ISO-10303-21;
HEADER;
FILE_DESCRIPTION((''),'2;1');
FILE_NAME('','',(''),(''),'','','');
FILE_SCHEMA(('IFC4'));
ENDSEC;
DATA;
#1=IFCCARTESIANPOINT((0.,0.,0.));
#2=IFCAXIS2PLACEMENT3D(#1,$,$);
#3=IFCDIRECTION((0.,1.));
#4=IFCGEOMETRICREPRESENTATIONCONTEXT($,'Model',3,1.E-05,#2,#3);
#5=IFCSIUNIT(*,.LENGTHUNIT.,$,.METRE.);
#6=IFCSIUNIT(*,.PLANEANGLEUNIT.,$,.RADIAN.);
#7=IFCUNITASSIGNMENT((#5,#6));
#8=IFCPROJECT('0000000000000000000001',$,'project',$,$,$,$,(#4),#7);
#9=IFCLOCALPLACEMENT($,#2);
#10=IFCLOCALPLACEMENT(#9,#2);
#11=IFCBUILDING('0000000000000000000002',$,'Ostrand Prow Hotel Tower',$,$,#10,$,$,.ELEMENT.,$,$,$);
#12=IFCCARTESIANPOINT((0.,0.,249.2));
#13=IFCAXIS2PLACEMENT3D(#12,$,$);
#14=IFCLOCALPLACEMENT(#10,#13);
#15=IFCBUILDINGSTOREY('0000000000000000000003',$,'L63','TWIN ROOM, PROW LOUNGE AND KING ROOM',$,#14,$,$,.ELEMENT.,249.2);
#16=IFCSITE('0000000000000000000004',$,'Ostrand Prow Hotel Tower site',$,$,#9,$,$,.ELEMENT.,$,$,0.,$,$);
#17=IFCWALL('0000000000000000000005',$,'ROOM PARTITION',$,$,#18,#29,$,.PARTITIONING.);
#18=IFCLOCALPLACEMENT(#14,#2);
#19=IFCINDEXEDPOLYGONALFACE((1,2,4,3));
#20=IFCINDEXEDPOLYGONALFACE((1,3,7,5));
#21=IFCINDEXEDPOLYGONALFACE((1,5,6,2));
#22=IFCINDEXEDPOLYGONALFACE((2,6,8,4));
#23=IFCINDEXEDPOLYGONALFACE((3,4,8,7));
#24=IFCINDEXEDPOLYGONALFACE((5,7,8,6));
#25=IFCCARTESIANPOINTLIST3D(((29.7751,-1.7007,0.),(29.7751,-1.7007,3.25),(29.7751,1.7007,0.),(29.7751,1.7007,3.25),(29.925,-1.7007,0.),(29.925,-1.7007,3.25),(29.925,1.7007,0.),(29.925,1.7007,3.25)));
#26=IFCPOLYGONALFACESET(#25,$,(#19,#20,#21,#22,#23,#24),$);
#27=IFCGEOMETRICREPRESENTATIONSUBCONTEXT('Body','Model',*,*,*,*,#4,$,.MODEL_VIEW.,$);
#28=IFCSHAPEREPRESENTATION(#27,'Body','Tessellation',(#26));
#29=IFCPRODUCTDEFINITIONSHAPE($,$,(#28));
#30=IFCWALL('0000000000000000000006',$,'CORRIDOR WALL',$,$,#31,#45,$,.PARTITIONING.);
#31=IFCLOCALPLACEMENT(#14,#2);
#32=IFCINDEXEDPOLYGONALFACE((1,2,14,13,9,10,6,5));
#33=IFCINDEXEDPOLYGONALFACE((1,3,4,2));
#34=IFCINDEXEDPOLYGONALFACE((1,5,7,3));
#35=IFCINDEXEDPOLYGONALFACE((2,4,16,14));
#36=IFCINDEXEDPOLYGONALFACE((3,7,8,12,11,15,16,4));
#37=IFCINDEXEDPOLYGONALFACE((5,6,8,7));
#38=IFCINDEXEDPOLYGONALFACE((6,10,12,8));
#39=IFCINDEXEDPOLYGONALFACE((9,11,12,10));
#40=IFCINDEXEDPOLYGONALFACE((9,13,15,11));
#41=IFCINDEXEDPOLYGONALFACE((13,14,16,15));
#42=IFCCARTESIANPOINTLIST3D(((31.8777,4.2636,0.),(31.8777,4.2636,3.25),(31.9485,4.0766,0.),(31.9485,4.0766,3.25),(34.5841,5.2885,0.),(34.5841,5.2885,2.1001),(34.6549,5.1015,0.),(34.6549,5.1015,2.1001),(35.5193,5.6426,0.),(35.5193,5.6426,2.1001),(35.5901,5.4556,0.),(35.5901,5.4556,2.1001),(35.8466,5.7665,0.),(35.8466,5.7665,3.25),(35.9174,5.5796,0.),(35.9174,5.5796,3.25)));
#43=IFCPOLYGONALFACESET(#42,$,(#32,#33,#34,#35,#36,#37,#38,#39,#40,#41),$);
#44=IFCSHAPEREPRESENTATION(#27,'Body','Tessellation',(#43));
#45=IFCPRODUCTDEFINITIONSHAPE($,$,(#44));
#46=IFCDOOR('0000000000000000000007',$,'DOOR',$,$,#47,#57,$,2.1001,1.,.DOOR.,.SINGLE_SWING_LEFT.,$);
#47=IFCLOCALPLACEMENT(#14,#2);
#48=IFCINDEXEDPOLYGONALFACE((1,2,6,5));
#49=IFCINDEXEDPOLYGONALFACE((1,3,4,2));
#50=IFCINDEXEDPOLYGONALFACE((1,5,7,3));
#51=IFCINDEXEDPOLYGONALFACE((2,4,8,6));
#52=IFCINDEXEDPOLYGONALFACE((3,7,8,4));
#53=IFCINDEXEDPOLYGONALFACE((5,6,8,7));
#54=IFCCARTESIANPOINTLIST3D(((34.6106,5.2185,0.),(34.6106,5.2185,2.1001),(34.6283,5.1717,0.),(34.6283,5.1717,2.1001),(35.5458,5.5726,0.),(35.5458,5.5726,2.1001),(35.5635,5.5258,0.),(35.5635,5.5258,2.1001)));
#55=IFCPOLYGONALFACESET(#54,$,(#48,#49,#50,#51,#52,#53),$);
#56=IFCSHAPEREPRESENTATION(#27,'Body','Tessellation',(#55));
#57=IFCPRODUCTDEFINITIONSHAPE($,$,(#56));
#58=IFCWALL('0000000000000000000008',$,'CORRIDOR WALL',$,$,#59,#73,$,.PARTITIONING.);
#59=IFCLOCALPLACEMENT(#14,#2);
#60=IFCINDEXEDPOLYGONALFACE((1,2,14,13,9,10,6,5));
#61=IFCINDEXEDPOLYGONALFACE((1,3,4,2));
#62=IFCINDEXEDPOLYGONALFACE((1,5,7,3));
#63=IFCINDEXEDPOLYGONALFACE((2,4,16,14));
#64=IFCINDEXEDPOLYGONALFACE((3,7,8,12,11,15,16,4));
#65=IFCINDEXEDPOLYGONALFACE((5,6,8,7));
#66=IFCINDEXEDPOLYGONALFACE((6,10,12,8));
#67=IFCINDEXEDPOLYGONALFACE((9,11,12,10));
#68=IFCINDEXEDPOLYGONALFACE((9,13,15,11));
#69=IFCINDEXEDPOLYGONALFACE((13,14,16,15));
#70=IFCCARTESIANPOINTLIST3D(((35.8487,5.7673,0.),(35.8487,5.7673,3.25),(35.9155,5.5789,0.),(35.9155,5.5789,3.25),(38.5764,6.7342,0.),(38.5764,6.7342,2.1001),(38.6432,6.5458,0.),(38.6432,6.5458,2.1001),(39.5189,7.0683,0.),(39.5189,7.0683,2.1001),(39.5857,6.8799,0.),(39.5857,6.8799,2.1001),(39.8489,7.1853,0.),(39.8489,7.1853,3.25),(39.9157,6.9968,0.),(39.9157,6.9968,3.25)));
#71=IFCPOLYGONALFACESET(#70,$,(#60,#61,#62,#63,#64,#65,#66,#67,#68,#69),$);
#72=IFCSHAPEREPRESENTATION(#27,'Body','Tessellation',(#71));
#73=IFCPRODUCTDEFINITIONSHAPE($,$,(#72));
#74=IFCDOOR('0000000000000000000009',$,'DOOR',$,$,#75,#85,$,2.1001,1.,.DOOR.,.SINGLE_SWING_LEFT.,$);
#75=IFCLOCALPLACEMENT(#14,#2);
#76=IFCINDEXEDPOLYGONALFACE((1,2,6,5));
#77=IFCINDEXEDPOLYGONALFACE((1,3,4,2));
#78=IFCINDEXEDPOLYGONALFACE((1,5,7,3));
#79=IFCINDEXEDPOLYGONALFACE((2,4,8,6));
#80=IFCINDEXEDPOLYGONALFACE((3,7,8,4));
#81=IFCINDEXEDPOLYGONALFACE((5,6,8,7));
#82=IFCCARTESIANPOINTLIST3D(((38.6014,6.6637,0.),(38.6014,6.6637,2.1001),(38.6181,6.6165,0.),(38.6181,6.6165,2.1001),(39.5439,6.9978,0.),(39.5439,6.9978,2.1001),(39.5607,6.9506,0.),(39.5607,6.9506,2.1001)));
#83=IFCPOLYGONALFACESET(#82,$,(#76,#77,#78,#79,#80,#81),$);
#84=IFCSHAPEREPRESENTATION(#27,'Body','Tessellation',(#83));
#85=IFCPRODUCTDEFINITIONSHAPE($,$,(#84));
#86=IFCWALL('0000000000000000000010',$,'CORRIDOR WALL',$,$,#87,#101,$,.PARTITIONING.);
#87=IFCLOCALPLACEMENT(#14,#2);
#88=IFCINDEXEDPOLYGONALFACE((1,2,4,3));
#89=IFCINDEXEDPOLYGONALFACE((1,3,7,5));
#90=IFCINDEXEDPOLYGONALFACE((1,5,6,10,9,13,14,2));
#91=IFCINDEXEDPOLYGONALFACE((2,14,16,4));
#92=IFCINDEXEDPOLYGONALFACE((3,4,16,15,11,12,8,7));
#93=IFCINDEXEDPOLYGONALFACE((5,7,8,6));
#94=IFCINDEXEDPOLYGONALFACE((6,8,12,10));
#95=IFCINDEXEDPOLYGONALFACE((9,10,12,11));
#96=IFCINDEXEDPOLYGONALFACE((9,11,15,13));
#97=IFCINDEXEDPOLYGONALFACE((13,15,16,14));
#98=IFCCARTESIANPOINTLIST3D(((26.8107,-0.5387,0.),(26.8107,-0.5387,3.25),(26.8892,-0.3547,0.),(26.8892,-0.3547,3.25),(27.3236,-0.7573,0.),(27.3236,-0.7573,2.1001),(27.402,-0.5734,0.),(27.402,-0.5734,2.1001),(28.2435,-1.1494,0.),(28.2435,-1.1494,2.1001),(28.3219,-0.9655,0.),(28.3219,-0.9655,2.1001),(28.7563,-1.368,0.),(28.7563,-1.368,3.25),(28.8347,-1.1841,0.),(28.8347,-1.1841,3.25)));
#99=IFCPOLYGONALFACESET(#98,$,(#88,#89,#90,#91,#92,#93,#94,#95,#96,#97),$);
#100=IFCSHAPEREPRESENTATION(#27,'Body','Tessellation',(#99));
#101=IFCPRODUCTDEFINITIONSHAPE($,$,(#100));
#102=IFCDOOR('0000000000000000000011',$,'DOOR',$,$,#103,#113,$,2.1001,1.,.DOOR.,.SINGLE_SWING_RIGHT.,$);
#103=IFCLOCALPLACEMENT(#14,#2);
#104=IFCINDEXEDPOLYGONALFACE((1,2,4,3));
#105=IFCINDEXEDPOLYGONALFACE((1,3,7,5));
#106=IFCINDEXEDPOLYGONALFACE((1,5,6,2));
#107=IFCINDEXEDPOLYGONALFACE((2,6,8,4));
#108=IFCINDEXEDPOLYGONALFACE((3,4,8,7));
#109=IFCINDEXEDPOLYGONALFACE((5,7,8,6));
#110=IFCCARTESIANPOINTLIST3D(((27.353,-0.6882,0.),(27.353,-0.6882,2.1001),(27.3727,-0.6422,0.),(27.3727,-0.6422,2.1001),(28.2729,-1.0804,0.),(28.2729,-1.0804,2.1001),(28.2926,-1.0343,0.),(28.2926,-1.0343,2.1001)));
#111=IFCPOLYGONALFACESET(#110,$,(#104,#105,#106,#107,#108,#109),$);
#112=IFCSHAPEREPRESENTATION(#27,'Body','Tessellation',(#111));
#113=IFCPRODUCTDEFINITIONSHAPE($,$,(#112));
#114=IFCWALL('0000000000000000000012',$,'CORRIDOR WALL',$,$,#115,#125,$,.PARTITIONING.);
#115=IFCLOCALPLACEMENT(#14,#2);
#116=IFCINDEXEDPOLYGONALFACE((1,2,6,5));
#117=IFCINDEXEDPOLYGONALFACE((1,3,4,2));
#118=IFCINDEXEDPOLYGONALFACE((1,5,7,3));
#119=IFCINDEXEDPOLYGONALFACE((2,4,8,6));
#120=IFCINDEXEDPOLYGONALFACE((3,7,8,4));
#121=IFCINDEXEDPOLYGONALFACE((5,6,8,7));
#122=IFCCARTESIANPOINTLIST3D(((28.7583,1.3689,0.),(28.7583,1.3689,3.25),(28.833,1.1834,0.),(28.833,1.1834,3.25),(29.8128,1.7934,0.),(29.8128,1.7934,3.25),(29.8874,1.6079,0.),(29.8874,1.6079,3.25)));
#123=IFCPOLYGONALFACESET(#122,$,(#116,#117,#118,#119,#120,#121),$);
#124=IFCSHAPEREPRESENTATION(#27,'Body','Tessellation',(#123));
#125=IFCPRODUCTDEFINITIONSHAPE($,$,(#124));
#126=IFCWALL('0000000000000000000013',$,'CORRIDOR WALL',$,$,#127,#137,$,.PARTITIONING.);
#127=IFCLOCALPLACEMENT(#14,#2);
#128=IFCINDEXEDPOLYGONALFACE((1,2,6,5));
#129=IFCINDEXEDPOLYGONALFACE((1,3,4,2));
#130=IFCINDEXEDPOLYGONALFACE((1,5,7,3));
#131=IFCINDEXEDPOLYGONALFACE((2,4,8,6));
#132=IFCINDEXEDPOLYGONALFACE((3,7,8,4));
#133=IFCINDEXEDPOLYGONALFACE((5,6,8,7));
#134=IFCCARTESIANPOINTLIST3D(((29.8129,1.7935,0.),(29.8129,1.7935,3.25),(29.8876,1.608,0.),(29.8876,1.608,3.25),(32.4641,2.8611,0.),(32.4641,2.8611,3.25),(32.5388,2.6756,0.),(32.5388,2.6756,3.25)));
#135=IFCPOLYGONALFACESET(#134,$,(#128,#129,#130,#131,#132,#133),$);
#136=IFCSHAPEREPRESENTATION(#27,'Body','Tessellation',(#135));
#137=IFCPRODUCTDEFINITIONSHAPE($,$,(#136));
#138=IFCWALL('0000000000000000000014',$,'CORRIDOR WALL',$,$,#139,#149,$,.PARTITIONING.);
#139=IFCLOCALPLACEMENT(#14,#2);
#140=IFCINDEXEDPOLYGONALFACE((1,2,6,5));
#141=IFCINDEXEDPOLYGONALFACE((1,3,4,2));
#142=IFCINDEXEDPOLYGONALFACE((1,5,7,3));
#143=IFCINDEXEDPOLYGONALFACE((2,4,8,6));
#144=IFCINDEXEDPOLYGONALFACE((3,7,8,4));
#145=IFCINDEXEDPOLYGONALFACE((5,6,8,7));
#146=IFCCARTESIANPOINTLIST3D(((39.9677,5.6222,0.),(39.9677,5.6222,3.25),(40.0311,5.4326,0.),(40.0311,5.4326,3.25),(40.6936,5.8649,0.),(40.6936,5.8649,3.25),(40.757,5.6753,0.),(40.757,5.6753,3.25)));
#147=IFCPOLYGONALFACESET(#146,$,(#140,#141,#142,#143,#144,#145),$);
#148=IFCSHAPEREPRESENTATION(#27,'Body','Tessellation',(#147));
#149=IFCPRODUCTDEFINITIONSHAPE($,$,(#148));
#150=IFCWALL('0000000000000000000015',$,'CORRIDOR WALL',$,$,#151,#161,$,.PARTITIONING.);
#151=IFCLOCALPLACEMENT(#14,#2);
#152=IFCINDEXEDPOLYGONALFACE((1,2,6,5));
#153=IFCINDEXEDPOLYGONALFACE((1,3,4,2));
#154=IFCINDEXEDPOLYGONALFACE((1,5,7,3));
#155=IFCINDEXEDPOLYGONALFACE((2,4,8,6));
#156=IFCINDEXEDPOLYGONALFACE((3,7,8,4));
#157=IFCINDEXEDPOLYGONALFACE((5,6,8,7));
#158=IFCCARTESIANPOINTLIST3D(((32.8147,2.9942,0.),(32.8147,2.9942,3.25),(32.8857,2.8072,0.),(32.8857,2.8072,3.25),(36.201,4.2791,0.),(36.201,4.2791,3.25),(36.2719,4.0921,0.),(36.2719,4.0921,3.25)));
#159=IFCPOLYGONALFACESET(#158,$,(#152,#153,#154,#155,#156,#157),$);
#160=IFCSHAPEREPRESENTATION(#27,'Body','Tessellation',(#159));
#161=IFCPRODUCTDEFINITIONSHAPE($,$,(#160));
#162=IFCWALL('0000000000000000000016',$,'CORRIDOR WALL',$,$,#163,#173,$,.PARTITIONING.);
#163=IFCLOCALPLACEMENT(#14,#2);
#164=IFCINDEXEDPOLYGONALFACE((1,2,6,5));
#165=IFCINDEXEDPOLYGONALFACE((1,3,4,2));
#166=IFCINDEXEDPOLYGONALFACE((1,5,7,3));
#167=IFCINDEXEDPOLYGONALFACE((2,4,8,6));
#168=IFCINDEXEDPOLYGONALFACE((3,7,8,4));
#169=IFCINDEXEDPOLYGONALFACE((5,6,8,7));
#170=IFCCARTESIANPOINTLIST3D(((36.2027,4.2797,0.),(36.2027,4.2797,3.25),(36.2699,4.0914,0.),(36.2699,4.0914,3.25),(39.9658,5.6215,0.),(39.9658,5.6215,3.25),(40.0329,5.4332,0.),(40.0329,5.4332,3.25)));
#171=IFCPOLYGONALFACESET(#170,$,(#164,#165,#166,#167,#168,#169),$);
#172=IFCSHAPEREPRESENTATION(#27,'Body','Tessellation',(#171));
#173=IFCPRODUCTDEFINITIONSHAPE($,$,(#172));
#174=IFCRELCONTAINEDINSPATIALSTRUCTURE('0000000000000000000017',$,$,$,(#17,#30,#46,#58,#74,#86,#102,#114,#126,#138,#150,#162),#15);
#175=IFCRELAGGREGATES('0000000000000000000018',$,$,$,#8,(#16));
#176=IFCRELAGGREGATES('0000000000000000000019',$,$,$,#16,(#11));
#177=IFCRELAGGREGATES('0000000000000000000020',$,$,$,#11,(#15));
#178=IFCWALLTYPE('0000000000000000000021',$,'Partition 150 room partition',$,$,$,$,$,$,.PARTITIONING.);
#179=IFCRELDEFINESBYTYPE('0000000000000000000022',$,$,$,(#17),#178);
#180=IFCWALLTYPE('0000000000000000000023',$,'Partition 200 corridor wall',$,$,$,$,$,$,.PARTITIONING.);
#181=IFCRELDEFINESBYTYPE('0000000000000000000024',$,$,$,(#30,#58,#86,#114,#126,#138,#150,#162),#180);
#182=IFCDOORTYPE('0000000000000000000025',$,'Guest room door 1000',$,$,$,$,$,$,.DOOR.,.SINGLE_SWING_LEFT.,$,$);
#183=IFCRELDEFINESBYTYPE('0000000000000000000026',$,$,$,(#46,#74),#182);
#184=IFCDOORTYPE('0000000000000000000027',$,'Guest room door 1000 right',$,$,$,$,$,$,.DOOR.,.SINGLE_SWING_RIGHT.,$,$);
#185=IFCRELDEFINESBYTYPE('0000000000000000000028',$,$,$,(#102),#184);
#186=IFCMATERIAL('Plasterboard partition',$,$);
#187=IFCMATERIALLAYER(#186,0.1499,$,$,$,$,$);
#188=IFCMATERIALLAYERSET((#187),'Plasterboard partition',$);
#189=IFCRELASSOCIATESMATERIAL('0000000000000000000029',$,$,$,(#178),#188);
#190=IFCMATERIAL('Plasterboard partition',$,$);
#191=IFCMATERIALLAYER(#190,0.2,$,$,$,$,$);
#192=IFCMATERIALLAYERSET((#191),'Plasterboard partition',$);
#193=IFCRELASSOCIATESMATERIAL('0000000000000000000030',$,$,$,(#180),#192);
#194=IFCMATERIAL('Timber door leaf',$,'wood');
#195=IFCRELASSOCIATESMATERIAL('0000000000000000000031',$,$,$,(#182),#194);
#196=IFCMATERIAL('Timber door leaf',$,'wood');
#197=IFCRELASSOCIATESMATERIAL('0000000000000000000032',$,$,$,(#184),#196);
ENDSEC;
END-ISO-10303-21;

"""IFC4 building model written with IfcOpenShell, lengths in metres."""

from ifc_helpers import new_model, si_unit, direction, frame, frame_2d, origin, place, context, subcontext, project, spatial, rectangle, extrude, material, layer, layer_set, type_object, element, fill, save


model = new_model("IFC4")

# Units and contexts
model_context = context("Model", 3, precision=1e-05, world=origin(), true_north=direction((0.0, 1.0)))
body_context = subcontext(model_context, "Body", "Model", "MODEL_VIEW")
ifc_project = project(units=[si_unit("LENGTHUNIT", "METRE"), si_unit("PLANEANGLEUNIT", "RADIAN")], contexts=[model_context])

# Site, building, storey
site_placement = place(None, origin())
site = spatial("IfcSite", under=ifc_project, at=site_placement, Name="Ostrand Prow Hotel Tower site", CompositionType="ELEMENT", RefElevation=0.0)
building_placement = place(site_placement, origin())
building = spatial("IfcBuilding", under=site, at=building_placement, Name="Ostrand Prow Hotel Tower", CompositionType="ELEMENT")
storey_placement = place(building_placement, frame((0.0, 0.0, 249.2)))
storey = spatial("IfcBuildingStorey", under=building, at=storey_placement, Name="L63", Description="TWIN ROOM, PROW LOUNGE AND KING ROOM", CompositionType="ELEMENT", Elevation=249.2)

# Wall
ifc_material_1 = material(Name="Plasterboard partition")
ifc_layer_1 = layer(ifc_material_1, 0.1499)
ifc_layer_set_1 = layer_set([ifc_layer_1], Name="Plasterboard partition")
wall_type_1 = type_object("IfcWallType", Name="Partition 150 room partition", PredefinedType="PARTITIONING", material=ifc_layer_set_1)
wall_1_placement = place(storey_placement, frame((29.8501, -1.7007, 0.0), z_axis=(0.0, 0.0, 1.0), x_axis=(0.0, 1.0, 0.0)))
element("IfcWall", 1, at=wall_1_placement, inside=storey, type_object=wall_type_1, Name="ROOM PARTITION", PredefinedType="PARTITIONING", context=body_context, shape_type="SweptSolid", body=[
    extrude(rectangle(XDim=3.4014, YDim=0.1499, at=frame_2d((1.7007, 0.0))), origin(), (0.0, 0.0, 1.0), 3.25),
])

# Walls, openings, doors
ifc_material_2 = material(Name="Plasterboard partition")
ifc_layer_2 = layer(ifc_material_2, 0.2)
ifc_layer_set_2 = layer_set([ifc_layer_2], Name="Plasterboard partition")
wall_type_2 = type_object("IfcWallType", Name="Partition 200 corridor wall", PredefinedType="PARTITIONING", material=ifc_layer_set_2)
wall_2_placement = place(storey_placement, frame((35.8821, 5.6731, 0.0), z_axis=(0.0, 0.0, 1.0), x_axis=(-0.935189, -0.354148, 0.0)))
wall_2 = element("IfcWall", 2, at=wall_2_placement, inside=storey, type_object=wall_type_2, Name="CORRIDOR WALL", PredefinedType="PARTITIONING", context=body_context, shape_type="SweptSolid", body=[
    extrude(rectangle(XDim=4.2439, YDim=0.2, at=frame_2d((2.1221, 0.0))), origin(), (0.0, 0.0, 1.0), 3.25),
])
opening_1_placement = place(wall_2_placement, frame((0.3501, 0.0, 0.0)))
opening_1 = element("IfcOpeningElement", 3, at=opening_1_placement, cuts=wall_2, PredefinedType="OPENING", context=body_context, shape_type="SweptSolid", body=[
    extrude(rectangle(XDim=1.0, YDim=2.1001, at=frame_2d((0.5, 1.05))), frame((0.0, 0.1099, 0.0), z_axis=(0.0, -1.0, 0.0), x_axis=(1.0, 0.0, 0.0)), (0.0, 0.0, 1.0), 0.22),
])
ifc_material_3 = material(Name="Timber door leaf", Category="wood")
door_type_1 = type_object("IfcDoorType", Name="Guest room door 1000", OperationType="SINGLE_SWING_LEFT", PredefinedType="DOOR", material=ifc_material_3)
door_1_placement = place(opening_1_placement, origin())
door_1 = element("IfcDoor", 4, at=door_1_placement, inside=storey, type_object=door_type_1, Name="DOOR", OperationType="SINGLE_SWING_LEFT", OverallHeight=2.1001, OverallWidth=1.0, PredefinedType="DOOR", context=body_context, shape_type="SweptSolid", body=[
    extrude(rectangle(XDim=1.0, YDim=2.1001, at=frame_2d((0.5, 1.05))), frame((0.0, 0.0249, 0.0), z_axis=(0.0, -1.0, 0.0), x_axis=(1.0, 0.0, 0.0)), (0.0, 0.0, 1.0), 0.05),
])
fill(opening_1, door_1)
wall_3_placement = place(storey_placement, frame((39.8823, 7.0911, 0.0), z_axis=(0.0, 0.0, 1.0), x_axis=(-0.942537, -0.334102, 0.0)))
wall_3 = element("IfcWall", 5, at=wall_3_placement, inside=storey, type_object=wall_type_2, Name="CORRIDOR WALL", PredefinedType="PARTITIONING", context=body_context, shape_type="SweptSolid", body=[
    extrude(rectangle(XDim=4.2441, YDim=0.2, at=frame_2d((2.1221, 0.0))), origin(), (0.0, 0.0, 1.0), 3.25),
])
opening_2_placement = place(wall_3_placement, frame((0.3501, 0.0, 0.0)))
opening_2 = element("IfcOpeningElement", 6, at=opening_2_placement, cuts=wall_3, PredefinedType="OPENING", context=body_context, shape_type="SweptSolid", body=[
    extrude(rectangle(XDim=1.0, YDim=2.1001, at=frame_2d((0.5, 1.05))), frame((0.0, 0.1099, 0.0), z_axis=(0.0, -1.0, 0.0), x_axis=(1.0, 0.0, 0.0)), (0.0, 0.0, 1.0), 0.22),
])
door_2_placement = place(opening_2_placement, origin())
door_2 = element("IfcDoor", 7, at=door_2_placement, inside=storey, type_object=door_type_1, Name="DOOR", OperationType="SINGLE_SWING_LEFT", OverallHeight=2.1001, OverallWidth=1.0, PredefinedType="DOOR", context=body_context, shape_type="SweptSolid", body=[
    extrude(rectangle(XDim=1.0, YDim=2.1001, at=frame_2d((0.5, 1.05))), frame((0.0, 0.0249, 0.0), z_axis=(0.0, -1.0, 0.0), x_axis=(1.0, 0.0, 0.0)), (0.0, 0.0, 1.0), 0.05),
])
fill(opening_2, door_2)
wall_4_placement = place(storey_placement, frame((28.7957, -1.2761, 0.0), z_axis=(0.0, 0.0, 1.0), x_axis=(-0.919908, 0.392135, 0.0)))
wall_4 = element("IfcWall", 8, at=wall_4_placement, inside=storey, type_object=wall_type_2, Name="CORRIDOR WALL", PredefinedType="PARTITIONING", context=body_context, shape_type="SweptSolid", body=[
    extrude(rectangle(XDim=2.115, YDim=0.2, at=frame_2d((1.0576, 0.0))), origin(), (0.0, 0.0, 1.0), 3.25),
])
opening_3_placement = place(wall_4_placement, frame((0.5576, 0.0, 0.0)))
opening_3 = element("IfcOpeningElement", 9, at=opening_3_placement, cuts=wall_4, PredefinedType="OPENING", context=body_context, shape_type="SweptSolid", body=[
    extrude(rectangle(XDim=1.0, YDim=2.1001, at=frame_2d((0.5, 1.05))), frame((0.0, 0.1099, 0.0), z_axis=(0.0, -1.0, 0.0), x_axis=(1.0, 0.0, 0.0)), (0.0, 0.0, 1.0), 0.22),
])
ifc_material_4 = material(Name="Timber door leaf", Category="wood")
door_type_2 = type_object("IfcDoorType", Name="Guest room door 1000 right", OperationType="SINGLE_SWING_RIGHT", PredefinedType="DOOR", material=ifc_material_4)
door_3_placement = place(opening_3_placement, origin())
door_3 = element("IfcDoor", 10, at=door_3_placement, inside=storey, type_object=door_type_2, Name="DOOR", OperationType="SINGLE_SWING_RIGHT", OverallHeight=2.1001, OverallWidth=1.0, PredefinedType="DOOR", context=body_context, shape_type="SweptSolid", body=[
    extrude(rectangle(XDim=1.0, YDim=2.1001, at=frame_2d((0.5, 1.05))), frame((0.0, 0.0249, 0.0), z_axis=(0.0, -1.0, 0.0), x_axis=(1.0, 0.0, 0.0)), (0.0, 0.0, 1.0), 0.05),
])
fill(opening_3, door_3)

# Walls
wall_5_placement = place(storey_placement, frame((28.7957, 1.2761, 0.0), z_axis=(0.0, 0.0, 1.0), x_axis=(0.92763, 0.3735, 0.0)))
element("IfcWall", 11, at=wall_5_placement, inside=storey, type_object=wall_type_2, Name="CORRIDOR WALL", PredefinedType="PARTITIONING", context=body_context, shape_type="SweptSolid", body=[
    extrude(rectangle(XDim=1.1367, YDim=0.2, at=frame_2d((0.5684, 0.0))), origin(), (0.0, 0.0, 1.0), 3.25),
])
wall_6_placement = place(storey_placement, frame((29.8501, 1.7007, 0.0), z_axis=(0.0, 0.0, 1.0), x_axis=(0.92762, 0.373525, 0.0)))
element("IfcWall", 12, at=wall_6_placement, inside=storey, type_object=wall_type_2, Name="CORRIDOR WALL", PredefinedType="PARTITIONING", context=body_context, shape_type="SweptSolid", body=[
    extrude(rectangle(XDim=2.8582, YDim=0.2, at=frame_2d((1.4292, 0.0))), origin(), (0.0, 0.0, 1.0), 3.25),
])
wall_7_placement = place(storey_placement, frame((39.9993, 5.5273, 0.0), z_axis=(0.0, 0.0, 1.0), x_axis=(0.948396, 0.317089, 0.0)))
element("IfcWall", 13, at=wall_7_placement, inside=storey, type_object=wall_type_2, Name="CORRIDOR WALL", PredefinedType="PARTITIONING", context=body_context, shape_type="SweptSolid", body=[
    extrude(rectangle(XDim=0.7654, YDim=0.2, at=frame_2d((0.3828, 0.0))), origin(), (0.0, 0.0, 1.0), 3.25),
])
wall_8_placement = place(storey_placement, frame((32.8501, 2.9006, 0.0), z_axis=(0.0, 0.0, 1.0), x_axis=(0.934954, 0.35477, 0.0)))
element("IfcWall", 14, at=wall_8_placement, inside=storey, type_object=wall_type_2, Name="CORRIDOR WALL", PredefinedType="PARTITIONING", context=body_context, shape_type="SweptSolid", body=[
    extrude(rectangle(XDim=3.6218, YDim=0.2, at=frame_2d((1.811, 0.0))), origin(), (0.0, 0.0, 1.0), 3.25),
])
wall_9_placement = place(storey_placement, frame((36.2363, 4.1855, 0.0), z_axis=(0.0, 0.0, 1.0), x_axis=(0.941909, 0.335868, 0.0)))
element("IfcWall", 15, at=wall_9_placement, inside=storey, type_object=wall_type_2, Name="CORRIDOR WALL", PredefinedType="PARTITIONING", context=body_context, shape_type="SweptSolid", body=[
    extrude(rectangle(XDim=3.9951, YDim=0.2, at=frame_2d((1.9976, 0.0))), origin(), (0.0, 0.0, 1.0), 3.25),
])

save(model, "model.ifc")
